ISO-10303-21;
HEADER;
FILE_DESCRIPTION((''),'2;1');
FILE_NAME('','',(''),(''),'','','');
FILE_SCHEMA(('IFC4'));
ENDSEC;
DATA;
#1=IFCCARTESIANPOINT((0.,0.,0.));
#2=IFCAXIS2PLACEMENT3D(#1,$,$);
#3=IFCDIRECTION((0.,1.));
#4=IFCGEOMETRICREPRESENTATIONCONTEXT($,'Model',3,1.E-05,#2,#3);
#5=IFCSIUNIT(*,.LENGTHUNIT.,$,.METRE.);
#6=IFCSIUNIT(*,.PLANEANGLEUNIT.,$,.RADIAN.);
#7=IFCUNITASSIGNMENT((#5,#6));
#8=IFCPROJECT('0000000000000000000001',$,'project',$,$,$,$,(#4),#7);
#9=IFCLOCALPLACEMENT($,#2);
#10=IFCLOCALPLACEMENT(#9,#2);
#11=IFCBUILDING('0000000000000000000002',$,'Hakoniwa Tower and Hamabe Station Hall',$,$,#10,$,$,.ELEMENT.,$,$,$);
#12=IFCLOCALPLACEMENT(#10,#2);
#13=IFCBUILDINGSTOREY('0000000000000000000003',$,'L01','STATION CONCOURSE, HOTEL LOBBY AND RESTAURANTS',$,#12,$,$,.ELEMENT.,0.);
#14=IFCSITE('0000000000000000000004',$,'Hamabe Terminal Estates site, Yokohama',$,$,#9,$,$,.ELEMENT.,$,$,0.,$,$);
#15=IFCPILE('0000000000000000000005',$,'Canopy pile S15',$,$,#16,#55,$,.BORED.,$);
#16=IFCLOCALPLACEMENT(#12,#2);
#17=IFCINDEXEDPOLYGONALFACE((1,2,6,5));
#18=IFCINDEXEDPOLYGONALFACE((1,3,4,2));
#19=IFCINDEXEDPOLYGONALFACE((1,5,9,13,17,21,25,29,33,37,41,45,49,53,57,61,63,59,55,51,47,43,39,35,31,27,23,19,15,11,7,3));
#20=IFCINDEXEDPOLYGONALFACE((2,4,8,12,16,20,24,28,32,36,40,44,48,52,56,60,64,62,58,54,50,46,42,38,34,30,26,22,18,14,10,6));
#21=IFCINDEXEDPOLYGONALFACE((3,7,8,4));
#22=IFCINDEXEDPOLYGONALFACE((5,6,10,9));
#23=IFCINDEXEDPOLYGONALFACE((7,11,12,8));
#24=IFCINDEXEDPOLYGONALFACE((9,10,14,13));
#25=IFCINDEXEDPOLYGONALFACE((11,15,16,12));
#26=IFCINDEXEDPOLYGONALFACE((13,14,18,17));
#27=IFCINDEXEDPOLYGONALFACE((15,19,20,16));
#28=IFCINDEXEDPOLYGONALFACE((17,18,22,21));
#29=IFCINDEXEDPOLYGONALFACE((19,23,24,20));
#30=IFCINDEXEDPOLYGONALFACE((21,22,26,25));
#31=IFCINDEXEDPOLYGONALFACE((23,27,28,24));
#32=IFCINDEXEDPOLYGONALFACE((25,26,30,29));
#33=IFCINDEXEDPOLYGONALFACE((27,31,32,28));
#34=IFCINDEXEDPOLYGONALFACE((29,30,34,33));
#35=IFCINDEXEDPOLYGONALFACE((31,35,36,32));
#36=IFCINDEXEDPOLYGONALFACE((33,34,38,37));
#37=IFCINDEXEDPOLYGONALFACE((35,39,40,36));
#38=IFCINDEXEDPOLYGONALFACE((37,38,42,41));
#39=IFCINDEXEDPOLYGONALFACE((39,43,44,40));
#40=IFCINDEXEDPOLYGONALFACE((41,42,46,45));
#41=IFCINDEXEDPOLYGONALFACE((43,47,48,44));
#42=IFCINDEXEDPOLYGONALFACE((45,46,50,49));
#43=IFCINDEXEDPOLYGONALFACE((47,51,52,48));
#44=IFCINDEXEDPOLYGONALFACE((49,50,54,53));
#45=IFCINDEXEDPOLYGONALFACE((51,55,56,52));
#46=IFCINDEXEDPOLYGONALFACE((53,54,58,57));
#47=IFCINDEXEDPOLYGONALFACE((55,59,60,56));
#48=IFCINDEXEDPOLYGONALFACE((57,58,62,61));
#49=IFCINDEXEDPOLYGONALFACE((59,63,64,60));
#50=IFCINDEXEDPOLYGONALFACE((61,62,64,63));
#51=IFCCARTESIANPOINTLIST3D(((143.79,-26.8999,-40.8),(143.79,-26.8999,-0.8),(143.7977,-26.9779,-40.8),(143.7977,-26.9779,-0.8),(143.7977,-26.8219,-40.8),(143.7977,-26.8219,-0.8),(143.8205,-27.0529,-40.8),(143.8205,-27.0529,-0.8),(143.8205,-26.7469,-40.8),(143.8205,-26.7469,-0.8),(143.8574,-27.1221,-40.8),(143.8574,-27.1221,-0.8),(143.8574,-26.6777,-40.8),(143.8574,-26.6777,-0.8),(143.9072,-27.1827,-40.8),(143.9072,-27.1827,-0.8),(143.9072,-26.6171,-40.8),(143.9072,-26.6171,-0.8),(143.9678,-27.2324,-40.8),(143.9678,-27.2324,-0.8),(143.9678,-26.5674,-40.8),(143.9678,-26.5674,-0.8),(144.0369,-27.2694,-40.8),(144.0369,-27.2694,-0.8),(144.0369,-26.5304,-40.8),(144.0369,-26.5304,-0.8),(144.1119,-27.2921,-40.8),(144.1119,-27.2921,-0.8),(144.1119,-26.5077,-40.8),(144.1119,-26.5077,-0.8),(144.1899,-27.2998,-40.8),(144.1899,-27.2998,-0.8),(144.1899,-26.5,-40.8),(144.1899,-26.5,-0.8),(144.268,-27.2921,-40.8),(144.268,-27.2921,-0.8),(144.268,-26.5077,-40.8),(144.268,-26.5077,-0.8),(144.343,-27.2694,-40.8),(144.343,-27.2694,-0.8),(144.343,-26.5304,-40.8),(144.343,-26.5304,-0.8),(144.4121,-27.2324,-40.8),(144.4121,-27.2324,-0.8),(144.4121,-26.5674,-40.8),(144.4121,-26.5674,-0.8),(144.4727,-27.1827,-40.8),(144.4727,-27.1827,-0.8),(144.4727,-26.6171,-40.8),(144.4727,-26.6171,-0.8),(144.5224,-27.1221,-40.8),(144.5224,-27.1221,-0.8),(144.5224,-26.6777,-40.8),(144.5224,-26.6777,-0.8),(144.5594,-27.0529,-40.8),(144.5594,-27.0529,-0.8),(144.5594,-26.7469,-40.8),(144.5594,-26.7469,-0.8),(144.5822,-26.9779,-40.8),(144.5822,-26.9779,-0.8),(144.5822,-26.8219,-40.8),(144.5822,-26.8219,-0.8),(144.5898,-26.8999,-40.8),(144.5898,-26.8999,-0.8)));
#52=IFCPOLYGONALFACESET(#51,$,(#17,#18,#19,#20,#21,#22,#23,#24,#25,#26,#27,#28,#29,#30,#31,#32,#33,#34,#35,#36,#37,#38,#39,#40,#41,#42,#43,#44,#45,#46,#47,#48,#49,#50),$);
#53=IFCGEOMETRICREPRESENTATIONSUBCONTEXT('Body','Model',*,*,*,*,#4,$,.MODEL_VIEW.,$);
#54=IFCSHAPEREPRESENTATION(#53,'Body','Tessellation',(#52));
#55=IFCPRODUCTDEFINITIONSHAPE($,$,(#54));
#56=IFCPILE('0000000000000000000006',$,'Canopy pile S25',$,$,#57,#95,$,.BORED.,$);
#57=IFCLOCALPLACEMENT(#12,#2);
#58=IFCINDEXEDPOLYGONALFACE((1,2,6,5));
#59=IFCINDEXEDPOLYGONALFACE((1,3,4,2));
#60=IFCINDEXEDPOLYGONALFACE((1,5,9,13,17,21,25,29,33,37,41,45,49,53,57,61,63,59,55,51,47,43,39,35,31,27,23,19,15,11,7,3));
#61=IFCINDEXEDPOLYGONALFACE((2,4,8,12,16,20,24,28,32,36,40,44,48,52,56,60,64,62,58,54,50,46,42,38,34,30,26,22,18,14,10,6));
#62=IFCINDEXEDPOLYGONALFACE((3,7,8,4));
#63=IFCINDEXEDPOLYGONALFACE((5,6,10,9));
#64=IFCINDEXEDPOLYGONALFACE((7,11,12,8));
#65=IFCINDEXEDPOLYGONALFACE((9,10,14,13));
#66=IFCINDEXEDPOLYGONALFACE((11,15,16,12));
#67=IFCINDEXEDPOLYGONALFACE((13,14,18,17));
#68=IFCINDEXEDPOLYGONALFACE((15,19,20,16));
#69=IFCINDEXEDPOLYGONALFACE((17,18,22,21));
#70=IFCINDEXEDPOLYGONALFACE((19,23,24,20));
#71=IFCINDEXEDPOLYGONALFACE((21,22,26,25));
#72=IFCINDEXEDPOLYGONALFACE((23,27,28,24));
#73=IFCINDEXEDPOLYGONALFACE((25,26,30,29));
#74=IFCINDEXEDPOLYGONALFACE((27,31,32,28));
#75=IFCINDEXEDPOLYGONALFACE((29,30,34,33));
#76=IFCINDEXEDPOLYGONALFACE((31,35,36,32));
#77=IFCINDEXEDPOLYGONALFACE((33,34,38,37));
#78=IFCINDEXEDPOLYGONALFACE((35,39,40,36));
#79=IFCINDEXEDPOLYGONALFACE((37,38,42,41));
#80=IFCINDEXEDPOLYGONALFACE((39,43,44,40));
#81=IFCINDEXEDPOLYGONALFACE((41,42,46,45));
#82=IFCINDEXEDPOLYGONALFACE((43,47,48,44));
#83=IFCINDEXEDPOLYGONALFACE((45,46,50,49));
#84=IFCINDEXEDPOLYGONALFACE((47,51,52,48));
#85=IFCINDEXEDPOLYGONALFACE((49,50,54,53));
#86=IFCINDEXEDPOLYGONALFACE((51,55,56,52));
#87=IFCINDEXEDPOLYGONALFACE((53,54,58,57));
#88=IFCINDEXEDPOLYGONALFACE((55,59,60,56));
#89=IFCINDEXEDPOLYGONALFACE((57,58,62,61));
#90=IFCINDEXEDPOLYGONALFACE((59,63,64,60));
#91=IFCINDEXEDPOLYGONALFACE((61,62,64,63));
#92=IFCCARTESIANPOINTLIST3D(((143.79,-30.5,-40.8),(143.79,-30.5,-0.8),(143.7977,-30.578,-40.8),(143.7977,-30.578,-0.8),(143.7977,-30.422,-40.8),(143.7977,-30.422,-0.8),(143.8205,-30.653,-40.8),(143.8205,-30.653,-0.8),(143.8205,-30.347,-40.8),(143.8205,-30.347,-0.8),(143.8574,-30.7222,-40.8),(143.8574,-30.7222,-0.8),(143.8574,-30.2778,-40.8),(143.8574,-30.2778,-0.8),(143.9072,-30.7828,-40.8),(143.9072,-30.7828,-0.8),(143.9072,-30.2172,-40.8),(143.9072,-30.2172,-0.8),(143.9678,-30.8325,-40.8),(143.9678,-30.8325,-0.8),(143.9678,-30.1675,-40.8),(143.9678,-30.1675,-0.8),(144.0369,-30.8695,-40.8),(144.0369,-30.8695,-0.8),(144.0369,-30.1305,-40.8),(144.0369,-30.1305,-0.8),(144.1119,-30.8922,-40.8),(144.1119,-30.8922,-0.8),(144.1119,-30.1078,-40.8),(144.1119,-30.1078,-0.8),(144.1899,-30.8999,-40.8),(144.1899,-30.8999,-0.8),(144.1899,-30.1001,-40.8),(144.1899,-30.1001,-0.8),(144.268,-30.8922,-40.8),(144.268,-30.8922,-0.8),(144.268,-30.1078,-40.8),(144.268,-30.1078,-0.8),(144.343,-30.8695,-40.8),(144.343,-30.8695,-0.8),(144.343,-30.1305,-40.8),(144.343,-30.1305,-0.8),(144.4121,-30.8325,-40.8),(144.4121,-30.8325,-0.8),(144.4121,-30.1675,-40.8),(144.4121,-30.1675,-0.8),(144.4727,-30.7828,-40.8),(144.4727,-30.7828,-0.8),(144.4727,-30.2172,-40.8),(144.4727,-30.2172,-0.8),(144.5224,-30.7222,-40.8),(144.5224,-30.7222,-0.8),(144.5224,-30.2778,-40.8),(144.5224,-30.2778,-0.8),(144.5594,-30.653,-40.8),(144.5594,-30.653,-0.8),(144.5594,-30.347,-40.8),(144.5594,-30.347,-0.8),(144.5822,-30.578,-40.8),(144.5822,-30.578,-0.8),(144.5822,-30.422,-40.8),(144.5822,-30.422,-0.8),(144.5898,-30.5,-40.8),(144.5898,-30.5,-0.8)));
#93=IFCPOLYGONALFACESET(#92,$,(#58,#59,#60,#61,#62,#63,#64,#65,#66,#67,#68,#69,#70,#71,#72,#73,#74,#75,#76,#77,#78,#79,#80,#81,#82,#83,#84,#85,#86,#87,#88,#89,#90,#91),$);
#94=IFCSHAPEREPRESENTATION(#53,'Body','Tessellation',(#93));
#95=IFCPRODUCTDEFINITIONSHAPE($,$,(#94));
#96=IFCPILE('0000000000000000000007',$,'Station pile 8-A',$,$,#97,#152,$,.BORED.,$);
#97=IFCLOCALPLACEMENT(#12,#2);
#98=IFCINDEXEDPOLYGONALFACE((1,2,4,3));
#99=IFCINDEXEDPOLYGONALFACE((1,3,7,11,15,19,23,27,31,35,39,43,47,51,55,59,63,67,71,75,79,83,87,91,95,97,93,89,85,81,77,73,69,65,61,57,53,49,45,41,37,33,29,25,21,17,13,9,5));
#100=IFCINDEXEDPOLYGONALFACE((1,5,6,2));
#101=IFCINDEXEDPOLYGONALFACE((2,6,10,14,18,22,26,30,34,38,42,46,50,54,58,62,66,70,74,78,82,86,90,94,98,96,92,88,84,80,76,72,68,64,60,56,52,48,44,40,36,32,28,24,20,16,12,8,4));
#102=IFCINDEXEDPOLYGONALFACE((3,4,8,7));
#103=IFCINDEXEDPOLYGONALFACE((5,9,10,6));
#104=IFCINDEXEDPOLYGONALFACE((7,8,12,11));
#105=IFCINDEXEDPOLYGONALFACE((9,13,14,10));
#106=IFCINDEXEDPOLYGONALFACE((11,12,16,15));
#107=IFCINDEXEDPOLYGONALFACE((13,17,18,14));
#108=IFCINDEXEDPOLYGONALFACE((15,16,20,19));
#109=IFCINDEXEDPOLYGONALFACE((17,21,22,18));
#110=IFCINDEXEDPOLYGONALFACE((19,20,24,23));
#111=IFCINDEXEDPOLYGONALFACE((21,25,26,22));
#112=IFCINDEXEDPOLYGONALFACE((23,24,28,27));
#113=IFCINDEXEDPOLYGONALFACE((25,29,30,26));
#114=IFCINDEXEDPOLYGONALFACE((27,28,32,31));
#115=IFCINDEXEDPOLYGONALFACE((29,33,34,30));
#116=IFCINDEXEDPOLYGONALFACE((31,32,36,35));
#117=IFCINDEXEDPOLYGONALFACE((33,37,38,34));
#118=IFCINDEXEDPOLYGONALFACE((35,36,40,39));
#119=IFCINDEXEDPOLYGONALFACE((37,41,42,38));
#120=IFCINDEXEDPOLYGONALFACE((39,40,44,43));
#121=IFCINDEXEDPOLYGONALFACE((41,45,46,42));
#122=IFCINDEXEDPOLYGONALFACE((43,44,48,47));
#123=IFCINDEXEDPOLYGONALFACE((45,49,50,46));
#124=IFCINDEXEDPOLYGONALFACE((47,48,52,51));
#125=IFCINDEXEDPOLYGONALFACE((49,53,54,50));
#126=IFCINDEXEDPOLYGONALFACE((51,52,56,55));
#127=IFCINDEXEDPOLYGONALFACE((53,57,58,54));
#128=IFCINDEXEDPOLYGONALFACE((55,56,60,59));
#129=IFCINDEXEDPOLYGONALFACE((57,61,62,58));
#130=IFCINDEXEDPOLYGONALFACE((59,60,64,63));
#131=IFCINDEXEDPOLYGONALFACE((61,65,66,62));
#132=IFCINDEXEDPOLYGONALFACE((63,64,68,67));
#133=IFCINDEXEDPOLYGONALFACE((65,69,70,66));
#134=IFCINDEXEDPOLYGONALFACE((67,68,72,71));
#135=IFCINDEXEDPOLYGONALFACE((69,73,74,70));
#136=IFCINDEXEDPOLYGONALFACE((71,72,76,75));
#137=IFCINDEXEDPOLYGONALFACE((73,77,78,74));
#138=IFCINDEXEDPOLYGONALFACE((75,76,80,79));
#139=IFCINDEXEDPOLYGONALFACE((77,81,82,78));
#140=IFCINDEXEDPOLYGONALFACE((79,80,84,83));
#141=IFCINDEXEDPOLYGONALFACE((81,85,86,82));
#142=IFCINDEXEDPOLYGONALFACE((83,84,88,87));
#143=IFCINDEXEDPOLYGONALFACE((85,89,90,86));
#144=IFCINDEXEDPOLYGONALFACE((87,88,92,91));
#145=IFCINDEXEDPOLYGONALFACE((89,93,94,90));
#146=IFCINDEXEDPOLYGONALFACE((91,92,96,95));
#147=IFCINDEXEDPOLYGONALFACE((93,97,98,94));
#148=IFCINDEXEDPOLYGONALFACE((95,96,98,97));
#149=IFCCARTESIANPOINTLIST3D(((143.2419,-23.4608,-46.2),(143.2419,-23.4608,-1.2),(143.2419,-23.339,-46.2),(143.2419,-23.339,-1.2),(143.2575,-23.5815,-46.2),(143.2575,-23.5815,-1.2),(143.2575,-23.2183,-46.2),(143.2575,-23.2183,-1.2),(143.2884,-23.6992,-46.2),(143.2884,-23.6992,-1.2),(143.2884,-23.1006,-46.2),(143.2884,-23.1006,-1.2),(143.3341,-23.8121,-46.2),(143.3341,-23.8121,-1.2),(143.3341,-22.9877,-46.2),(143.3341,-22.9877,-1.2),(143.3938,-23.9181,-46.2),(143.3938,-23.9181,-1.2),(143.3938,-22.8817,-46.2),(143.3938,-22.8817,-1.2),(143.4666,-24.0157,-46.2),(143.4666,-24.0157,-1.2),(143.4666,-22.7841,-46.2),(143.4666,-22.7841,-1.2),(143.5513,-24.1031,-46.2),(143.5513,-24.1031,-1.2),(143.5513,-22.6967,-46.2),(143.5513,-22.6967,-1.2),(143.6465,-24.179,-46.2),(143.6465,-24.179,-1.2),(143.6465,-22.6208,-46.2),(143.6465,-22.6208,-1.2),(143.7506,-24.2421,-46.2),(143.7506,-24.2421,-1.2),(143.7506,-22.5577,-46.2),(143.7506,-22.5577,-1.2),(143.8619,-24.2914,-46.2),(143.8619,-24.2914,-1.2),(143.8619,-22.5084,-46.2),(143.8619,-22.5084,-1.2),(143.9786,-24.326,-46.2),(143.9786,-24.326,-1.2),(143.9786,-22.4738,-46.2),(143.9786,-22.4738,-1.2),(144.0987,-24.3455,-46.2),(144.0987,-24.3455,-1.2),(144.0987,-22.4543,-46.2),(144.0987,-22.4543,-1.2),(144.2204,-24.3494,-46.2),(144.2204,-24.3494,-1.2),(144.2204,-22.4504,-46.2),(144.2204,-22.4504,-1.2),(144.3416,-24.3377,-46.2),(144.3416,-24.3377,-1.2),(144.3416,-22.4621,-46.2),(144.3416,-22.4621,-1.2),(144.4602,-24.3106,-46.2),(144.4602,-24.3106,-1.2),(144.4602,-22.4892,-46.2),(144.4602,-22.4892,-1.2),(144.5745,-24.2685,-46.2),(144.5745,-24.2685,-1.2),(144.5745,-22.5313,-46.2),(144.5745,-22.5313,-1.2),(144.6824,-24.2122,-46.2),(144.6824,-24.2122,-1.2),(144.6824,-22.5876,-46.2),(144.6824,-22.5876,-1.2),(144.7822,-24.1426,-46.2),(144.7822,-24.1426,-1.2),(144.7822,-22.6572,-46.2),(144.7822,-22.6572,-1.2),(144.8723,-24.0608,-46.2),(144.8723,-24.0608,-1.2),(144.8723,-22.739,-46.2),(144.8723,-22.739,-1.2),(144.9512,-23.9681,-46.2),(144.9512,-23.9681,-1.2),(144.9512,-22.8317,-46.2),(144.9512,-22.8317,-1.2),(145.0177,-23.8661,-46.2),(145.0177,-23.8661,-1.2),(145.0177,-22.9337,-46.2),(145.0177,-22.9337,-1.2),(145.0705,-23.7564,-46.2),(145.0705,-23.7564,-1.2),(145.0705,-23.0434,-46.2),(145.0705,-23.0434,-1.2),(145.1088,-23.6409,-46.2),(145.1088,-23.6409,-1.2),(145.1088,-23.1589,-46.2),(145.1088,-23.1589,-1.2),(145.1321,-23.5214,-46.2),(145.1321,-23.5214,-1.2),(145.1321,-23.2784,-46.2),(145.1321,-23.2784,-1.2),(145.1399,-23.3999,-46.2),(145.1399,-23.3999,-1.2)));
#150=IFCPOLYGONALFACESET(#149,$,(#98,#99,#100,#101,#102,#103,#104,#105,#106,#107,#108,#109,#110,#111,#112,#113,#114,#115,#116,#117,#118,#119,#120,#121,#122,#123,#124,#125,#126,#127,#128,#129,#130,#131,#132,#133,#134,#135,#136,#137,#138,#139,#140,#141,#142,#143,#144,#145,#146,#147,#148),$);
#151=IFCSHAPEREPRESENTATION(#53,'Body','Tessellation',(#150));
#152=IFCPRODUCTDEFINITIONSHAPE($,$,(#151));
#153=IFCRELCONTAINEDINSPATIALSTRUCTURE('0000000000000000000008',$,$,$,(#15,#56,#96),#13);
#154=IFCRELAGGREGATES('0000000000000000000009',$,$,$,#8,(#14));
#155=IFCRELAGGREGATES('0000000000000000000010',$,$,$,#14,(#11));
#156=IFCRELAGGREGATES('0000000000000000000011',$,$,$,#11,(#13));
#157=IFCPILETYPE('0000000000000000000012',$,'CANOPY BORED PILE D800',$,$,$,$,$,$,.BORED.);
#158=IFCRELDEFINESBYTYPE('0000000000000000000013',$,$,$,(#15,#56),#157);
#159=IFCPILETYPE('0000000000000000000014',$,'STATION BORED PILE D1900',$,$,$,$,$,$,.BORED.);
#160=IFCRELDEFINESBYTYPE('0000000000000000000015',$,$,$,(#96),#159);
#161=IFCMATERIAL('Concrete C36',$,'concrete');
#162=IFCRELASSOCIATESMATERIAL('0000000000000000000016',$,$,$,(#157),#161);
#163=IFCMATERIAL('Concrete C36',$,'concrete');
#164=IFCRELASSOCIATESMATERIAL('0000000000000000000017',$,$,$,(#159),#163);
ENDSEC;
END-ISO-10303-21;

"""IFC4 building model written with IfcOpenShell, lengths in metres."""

from ifc_helpers import new_model, si_unit, direction, frame, origin, origin_2d, place, context, subcontext, project, spatial, circle, extrude, material, material_profile, profile_set, type_object, element, save


model = new_model("IFC4")

# Units and contexts
model_context = context("Model", 3, precision=1e-05, world=origin(), true_north=direction((0.0, 1.0)))
body_context = subcontext(model_context, "Body", "Model", "MODEL_VIEW")
ifc_project = project(units=[si_unit("LENGTHUNIT", "METRE"), si_unit("PLANEANGLEUNIT", "RADIAN")], contexts=[model_context])

# Site, building, storey
site_placement = place(None, origin())
site = spatial("IfcSite", under=ifc_project, at=site_placement, Name="Hamabe Terminal Estates site, Yokohama", CompositionType="ELEMENT", RefElevation=0.0)
building_placement = place(site_placement, origin())
building = spatial("IfcBuilding", under=site, at=building_placement, Name="Hakoniwa Tower and Hamabe Station Hall", CompositionType="ELEMENT")
storey_placement = place(building_placement, origin())
storey = spatial("IfcBuildingStorey", under=building, at=storey_placement, Name="L01", Description="STATION CONCOURSE, HOTEL LOBBY AND RESTAURANTS", CompositionType="ELEMENT", Elevation=0.0)

# Piles
ifc_material_1 = material(Name="Concrete C36", Category="concrete")
ifc_material_profile_1 = material_profile(ifc_material_1, circle(Radius=0.3999, at=origin_2d()), Name="CANOPY BORED PILE D800")
ifc_profile_set_1 = profile_set([ifc_material_profile_1], Name="Concrete C36")
pile_type_1 = type_object("IfcPileType", Name="CANOPY BORED PILE D800", PredefinedType="BORED", material=ifc_profile_set_1)
for number, where, z_axis, x_axis, name in (
    (1, (144.1899, -26.8999, -0.8), (0.0, 0.0, -1.0), (1.0, 0.0, 0.0), "Canopy pile S15"),
    (2, (144.1899, -30.5, -0.8), (0.0, 0.0, -1.0), (1.0, 0.0, 0.0), "Canopy pile S25"),
):
    element("IfcPile", number, at=place(storey_placement, frame(where, z_axis=z_axis, x_axis=x_axis)), inside=storey, type_object=pile_type_1, Name=name, PredefinedType="BORED", context=body_context, shape_type="SweptSolid", body=[
        extrude(circle(Radius=0.3999, at=origin_2d()), origin(), (0.0, 0.0, 1.0), 40.0),
    ])
ifc_material_2 = material(Name="Concrete C36", Category="concrete")
ifc_material_profile_2 = material_profile(ifc_material_2, circle(Radius=0.95, at=origin_2d()), Name="STATION BORED PILE D1900")
ifc_profile_set_2 = profile_set([ifc_material_profile_2], Name="Concrete C36")
pile_type_2 = type_object("IfcPileType", Name="STATION BORED PILE D1900", PredefinedType="BORED", material=ifc_profile_set_2)
for number, where, z_axis, x_axis, name in (
    (3, (144.1899, -23.3999, -1.2), (0.0, 0.0, -1.0), (1.0, 0.0, 0.0), "Station pile 8-A"),
):
    element("IfcPile", number, at=place(storey_placement, frame(where, z_axis=z_axis, x_axis=x_axis)), inside=storey, type_object=pile_type_2, Name=name, PredefinedType="BORED", context=body_context, shape_type="SweptSolid", body=[
        extrude(circle(Radius=0.95, at=origin_2d()), origin(), (0.0, 0.0, 1.0), 45.0),
    ])

save(model, "model.ifc")
